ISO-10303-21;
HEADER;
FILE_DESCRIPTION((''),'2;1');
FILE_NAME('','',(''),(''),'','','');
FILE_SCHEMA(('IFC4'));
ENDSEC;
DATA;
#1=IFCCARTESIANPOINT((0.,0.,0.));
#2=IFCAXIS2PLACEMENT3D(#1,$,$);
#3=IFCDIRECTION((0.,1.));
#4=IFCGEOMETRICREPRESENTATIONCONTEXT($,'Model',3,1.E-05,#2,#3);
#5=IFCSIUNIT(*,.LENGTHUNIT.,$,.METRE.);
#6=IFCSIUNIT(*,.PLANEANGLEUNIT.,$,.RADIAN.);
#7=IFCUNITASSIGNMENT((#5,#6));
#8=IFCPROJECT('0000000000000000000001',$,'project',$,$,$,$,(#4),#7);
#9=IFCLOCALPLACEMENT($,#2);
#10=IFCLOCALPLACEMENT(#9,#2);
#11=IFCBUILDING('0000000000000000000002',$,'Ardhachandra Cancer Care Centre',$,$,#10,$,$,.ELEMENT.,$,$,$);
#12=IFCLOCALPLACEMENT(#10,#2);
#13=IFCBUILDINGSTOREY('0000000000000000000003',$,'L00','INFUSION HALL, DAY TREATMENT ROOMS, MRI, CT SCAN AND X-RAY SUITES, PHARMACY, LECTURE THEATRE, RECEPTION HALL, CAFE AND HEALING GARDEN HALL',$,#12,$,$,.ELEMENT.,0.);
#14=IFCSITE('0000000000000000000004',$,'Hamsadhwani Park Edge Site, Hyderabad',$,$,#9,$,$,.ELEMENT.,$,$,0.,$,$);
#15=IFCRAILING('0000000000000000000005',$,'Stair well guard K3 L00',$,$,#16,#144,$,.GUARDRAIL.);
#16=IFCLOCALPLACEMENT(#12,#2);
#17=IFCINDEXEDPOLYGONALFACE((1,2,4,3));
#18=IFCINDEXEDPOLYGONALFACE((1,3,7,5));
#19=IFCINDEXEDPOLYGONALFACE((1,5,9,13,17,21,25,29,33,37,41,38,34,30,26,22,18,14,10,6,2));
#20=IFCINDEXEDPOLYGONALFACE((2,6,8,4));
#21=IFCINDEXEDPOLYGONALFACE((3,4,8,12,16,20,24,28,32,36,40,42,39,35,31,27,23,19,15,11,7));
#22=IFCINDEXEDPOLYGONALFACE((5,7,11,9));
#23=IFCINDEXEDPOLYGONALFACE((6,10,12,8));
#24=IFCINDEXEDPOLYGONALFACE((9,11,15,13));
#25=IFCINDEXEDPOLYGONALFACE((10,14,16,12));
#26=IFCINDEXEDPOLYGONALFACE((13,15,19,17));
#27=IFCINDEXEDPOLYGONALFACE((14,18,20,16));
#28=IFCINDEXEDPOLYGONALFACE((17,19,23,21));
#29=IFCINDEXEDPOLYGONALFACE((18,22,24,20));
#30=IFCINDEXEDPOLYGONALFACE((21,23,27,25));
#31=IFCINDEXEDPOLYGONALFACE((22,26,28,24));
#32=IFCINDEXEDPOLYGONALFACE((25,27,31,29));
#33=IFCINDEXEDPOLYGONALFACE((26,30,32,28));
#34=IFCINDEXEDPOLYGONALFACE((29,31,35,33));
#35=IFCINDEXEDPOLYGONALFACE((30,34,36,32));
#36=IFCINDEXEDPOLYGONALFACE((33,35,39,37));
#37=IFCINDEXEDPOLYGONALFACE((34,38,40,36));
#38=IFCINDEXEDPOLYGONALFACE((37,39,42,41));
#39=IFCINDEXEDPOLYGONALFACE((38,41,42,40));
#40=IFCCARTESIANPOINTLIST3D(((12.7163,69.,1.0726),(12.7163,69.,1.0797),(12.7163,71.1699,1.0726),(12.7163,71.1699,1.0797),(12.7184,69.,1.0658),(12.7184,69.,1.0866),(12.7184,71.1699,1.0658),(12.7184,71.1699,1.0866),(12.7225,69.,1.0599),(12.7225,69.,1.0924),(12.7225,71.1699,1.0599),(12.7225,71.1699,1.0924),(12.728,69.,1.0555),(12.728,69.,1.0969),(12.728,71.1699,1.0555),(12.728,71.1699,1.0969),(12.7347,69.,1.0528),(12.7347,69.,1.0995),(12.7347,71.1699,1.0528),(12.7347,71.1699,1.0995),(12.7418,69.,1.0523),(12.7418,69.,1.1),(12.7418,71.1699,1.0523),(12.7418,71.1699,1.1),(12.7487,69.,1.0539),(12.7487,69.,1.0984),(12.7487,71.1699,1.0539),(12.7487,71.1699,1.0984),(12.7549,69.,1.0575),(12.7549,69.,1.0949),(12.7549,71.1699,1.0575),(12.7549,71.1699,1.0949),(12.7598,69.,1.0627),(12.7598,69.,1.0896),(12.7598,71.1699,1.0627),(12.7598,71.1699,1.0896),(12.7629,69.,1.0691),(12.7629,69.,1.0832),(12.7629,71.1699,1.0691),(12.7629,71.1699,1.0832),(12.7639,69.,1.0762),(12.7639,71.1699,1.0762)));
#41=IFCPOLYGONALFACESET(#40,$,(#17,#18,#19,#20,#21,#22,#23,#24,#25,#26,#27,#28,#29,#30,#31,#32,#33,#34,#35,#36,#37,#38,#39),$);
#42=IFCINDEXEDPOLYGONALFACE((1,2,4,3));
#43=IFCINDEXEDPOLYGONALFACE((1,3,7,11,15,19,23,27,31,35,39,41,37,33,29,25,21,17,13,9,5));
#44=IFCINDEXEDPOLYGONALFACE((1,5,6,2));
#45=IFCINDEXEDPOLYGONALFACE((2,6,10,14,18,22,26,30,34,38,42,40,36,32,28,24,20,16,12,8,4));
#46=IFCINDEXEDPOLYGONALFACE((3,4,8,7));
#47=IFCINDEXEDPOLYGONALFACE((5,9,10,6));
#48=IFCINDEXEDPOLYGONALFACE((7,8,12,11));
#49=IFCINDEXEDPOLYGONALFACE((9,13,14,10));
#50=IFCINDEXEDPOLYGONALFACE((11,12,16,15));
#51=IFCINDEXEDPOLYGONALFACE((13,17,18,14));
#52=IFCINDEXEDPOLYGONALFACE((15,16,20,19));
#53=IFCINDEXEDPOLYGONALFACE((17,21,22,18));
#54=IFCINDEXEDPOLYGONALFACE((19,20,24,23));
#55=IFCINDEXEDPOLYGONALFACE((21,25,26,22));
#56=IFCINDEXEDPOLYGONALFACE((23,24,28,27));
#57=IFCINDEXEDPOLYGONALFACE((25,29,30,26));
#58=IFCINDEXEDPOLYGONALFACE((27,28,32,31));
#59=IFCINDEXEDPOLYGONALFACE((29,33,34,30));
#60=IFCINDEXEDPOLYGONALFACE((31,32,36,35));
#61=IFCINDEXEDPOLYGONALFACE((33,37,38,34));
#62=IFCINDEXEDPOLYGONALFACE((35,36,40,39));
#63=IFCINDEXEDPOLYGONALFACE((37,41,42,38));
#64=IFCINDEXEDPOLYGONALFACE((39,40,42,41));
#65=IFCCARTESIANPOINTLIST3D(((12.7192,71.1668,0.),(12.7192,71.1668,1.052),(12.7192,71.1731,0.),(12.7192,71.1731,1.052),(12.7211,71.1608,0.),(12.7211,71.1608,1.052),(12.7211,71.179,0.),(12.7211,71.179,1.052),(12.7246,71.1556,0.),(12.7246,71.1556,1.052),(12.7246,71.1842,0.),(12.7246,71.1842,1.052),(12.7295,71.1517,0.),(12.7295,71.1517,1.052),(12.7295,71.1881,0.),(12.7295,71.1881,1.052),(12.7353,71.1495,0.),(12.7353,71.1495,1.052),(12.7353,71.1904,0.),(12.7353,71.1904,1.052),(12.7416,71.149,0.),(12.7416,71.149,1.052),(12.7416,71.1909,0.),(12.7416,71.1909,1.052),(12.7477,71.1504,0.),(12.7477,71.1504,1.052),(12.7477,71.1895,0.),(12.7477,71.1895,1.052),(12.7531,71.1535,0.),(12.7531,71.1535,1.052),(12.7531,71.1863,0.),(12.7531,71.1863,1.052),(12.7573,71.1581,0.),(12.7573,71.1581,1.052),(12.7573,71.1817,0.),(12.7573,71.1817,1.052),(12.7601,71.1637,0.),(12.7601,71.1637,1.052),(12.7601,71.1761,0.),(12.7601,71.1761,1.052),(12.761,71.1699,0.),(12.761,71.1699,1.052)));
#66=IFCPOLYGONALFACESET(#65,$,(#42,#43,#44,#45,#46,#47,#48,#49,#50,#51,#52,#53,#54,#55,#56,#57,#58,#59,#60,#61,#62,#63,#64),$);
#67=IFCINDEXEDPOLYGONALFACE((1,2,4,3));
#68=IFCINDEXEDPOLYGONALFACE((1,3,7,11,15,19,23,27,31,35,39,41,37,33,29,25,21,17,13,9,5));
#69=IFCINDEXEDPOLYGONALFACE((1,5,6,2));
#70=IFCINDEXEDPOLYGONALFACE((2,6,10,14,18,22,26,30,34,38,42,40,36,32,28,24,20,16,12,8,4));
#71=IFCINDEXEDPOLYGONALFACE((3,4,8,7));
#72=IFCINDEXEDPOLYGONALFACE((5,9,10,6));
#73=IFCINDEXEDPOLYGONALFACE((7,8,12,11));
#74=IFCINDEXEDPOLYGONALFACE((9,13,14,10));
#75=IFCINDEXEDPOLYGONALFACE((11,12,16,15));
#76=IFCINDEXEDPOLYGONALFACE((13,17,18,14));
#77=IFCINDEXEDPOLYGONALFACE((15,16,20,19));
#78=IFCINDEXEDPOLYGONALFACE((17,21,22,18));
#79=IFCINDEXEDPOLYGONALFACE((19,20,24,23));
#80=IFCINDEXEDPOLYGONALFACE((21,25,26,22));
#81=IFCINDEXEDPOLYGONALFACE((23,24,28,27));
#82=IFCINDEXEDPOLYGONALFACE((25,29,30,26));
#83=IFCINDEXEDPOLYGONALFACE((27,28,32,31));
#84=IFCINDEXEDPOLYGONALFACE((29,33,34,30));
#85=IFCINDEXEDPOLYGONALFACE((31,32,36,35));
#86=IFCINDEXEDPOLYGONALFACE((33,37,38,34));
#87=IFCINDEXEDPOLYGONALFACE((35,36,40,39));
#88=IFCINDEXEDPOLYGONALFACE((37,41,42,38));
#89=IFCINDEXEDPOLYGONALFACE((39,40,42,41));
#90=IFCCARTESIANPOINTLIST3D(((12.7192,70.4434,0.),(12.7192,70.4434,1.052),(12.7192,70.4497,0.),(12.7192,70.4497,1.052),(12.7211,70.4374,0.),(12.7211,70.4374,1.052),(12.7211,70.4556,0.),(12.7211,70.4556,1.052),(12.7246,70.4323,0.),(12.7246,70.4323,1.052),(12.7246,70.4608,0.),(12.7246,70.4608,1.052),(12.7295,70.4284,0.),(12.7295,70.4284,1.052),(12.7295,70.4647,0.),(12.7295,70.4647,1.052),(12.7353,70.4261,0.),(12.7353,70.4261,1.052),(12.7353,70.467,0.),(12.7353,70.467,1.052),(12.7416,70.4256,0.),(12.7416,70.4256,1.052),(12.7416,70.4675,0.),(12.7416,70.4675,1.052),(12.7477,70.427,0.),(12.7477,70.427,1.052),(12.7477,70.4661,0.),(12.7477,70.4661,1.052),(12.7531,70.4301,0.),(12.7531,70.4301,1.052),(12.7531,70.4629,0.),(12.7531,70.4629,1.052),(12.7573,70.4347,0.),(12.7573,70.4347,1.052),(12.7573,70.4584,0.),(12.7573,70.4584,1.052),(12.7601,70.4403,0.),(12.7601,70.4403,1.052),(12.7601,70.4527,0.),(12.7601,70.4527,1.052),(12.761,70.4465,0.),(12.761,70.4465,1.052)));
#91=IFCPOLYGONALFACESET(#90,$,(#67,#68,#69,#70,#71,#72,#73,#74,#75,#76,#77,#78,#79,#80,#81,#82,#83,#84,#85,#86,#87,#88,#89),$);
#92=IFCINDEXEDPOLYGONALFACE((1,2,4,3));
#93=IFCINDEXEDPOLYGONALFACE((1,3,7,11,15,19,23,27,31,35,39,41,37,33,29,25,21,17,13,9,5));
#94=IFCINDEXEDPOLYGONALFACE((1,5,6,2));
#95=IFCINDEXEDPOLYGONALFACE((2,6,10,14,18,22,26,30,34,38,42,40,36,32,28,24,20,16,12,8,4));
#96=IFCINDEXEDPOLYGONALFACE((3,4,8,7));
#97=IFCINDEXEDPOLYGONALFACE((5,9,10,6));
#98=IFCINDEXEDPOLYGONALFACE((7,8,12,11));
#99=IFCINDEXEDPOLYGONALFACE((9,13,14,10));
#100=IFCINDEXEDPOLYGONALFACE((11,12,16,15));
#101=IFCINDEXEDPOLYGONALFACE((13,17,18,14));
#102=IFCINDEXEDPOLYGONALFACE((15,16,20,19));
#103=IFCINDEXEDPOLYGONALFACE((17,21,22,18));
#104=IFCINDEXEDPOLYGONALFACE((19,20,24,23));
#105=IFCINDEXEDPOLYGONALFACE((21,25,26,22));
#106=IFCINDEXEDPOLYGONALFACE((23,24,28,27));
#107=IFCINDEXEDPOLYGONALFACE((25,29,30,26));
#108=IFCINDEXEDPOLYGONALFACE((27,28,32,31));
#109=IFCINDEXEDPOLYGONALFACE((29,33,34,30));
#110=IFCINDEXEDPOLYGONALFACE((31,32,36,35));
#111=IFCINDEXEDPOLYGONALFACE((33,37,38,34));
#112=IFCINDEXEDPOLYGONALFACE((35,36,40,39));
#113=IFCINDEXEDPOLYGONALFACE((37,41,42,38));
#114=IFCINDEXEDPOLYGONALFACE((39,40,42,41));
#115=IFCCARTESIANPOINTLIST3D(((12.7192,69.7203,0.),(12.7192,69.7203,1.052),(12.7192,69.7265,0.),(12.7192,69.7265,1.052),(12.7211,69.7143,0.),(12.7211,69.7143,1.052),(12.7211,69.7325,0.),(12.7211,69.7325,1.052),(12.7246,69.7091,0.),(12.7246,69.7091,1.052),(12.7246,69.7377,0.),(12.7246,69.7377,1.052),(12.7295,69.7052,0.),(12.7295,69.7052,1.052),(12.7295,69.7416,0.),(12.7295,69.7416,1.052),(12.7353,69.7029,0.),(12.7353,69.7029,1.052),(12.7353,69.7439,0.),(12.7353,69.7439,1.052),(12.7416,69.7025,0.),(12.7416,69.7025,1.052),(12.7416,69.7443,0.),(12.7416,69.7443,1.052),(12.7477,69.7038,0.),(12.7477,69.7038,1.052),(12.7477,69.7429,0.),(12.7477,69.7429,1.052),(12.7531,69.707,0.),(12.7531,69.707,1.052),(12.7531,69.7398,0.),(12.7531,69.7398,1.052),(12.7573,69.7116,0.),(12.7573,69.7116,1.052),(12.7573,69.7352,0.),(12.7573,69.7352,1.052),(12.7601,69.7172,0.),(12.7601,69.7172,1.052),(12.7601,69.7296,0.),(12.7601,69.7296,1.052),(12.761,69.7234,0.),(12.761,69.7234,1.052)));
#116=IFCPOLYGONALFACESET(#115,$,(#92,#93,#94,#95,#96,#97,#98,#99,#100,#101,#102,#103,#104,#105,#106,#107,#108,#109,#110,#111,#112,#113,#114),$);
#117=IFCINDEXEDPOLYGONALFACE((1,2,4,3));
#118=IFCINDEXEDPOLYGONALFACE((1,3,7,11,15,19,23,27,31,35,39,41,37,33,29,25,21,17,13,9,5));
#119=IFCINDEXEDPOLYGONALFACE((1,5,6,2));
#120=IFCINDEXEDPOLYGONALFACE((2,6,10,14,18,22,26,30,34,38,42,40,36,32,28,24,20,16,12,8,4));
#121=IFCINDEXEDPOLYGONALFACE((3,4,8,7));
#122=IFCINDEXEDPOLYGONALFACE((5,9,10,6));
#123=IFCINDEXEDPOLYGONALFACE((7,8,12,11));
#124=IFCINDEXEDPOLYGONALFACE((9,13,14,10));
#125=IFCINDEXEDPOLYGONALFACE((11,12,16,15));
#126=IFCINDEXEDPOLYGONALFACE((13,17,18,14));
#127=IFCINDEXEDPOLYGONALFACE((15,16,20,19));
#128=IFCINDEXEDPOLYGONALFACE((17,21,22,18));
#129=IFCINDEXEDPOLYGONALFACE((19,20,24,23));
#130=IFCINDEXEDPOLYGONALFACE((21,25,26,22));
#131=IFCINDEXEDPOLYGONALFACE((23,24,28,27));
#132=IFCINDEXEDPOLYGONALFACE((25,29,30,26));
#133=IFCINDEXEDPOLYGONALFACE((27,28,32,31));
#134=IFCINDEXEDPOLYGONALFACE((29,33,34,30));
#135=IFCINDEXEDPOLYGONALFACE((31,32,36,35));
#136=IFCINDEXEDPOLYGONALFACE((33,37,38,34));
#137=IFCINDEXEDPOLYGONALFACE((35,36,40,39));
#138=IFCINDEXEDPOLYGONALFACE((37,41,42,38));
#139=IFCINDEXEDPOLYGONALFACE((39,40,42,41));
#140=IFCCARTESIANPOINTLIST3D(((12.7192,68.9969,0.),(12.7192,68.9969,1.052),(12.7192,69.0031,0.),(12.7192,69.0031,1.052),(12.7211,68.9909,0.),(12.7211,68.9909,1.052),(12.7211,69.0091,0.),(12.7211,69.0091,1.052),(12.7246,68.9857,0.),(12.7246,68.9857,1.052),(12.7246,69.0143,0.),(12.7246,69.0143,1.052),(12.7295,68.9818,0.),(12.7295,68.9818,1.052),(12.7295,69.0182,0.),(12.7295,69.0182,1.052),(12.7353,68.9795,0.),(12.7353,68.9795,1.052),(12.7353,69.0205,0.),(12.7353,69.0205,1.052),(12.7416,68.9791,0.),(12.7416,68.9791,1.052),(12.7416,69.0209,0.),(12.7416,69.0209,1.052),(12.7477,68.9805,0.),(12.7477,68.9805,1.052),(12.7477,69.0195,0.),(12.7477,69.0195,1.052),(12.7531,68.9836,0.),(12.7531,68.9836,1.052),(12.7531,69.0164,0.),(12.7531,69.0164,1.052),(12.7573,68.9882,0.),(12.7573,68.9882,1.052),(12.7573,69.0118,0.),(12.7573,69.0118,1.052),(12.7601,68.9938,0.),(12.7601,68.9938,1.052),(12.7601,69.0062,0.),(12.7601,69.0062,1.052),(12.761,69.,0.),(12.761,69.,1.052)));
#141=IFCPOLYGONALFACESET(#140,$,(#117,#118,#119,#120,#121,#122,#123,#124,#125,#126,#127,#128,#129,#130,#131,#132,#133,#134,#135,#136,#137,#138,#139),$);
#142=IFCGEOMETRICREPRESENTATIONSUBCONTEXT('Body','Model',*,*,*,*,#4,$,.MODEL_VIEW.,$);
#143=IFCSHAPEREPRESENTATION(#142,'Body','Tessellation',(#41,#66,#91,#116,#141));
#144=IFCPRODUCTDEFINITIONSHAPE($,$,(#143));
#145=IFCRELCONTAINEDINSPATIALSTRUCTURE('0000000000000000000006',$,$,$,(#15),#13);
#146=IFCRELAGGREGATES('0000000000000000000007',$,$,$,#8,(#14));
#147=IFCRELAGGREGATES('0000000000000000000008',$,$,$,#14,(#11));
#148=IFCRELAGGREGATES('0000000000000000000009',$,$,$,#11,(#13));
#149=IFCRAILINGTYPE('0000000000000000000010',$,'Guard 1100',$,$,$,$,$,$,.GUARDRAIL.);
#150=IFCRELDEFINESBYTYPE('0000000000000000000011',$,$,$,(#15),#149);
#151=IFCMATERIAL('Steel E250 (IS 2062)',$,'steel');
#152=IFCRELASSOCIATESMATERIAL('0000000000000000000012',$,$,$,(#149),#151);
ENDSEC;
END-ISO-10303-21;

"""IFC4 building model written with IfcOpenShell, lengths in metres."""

from ifc_helpers import new_model, si_unit, direction, frame, origin, origin_2d, place, context, subcontext, project, spatial, circle, extrude, material, type_object, element, save


model = new_model("IFC4")

# Units and contexts
model_context = context("Model", 3, precision=1e-05, world=origin(), true_north=direction((0.0, 1.0)))
body_context = subcontext(model_context, "Body", "Model", "MODEL_VIEW")
ifc_project = project(units=[si_unit("LENGTHUNIT", "METRE"), si_unit("PLANEANGLEUNIT", "RADIAN")], contexts=[model_context])

# Site, building, storey
site_placement = place(None, origin())
site = spatial("IfcSite", under=ifc_project, at=site_placement, Name="Hamsadhwani Park Edge Site, Hyderabad", CompositionType="ELEMENT", RefElevation=0.0)
building_placement = place(site_placement, origin())
building = spatial("IfcBuilding", under=site, at=building_placement, Name="Ardhachandra Cancer Care Centre", CompositionType="ELEMENT")
storey_placement = place(building_placement, origin())
storey = spatial("IfcBuildingStorey", under=building, at=storey_placement, Name="L00", Description="INFUSION HALL, DAY TREATMENT ROOMS, MRI, CT SCAN AND X-RAY SUITES, PHARMACY, LECTURE THEATRE, RECEPTION HALL, CAFE AND HEALING GARDEN HALL", CompositionType="ELEMENT", Elevation=0.0)

# Railing
ifc_material_1 = material(Name="Steel E250 (IS 2062)", Category="steel")
railing_type_1 = type_object("IfcRailingType", Name="Guard 1100", PredefinedType="GUARDRAIL", material=ifc_material_1)
railing_1_placement = place(storey_placement, frame((12.74, 71.1699, 0.0)))
element("IfcRailing", 1, at=railing_1_placement, inside=storey, type_object=railing_type_1, Name="Stair well guard K3 L00", PredefinedType="GUARDRAIL", context=body_context, shape_type="SweptSolid", body=[
    extrude(circle(Radius=0.0239, at=origin_2d()), frame((0.0, 0.0, 1.0762), z_axis=(0.0, -1.0, 0.0), x_axis=(1.0, 0.0, 0.0)), (0.0, 0.0, 1.0), 2.1699),
    extrude(circle(Radius=0.021, at=origin_2d()), origin(), (0.0, 0.0, 1.0), 1.052),
    extrude(circle(Radius=0.021, at=origin_2d()), frame((0.0, -0.7234, 0.0)), (0.0, 0.0, 1.0), 1.052),
    extrude(circle(Radius=0.021, at=origin_2d()), frame((0.0, -1.4465, 0.0)), (0.0, 0.0, 1.0), 1.052),
    extrude(circle(Radius=0.021, at=origin_2d()), frame((0.0, -2.1699, 0.0)), (0.0, 0.0, 1.0), 1.052),
])

save(model, "model.ifc")
